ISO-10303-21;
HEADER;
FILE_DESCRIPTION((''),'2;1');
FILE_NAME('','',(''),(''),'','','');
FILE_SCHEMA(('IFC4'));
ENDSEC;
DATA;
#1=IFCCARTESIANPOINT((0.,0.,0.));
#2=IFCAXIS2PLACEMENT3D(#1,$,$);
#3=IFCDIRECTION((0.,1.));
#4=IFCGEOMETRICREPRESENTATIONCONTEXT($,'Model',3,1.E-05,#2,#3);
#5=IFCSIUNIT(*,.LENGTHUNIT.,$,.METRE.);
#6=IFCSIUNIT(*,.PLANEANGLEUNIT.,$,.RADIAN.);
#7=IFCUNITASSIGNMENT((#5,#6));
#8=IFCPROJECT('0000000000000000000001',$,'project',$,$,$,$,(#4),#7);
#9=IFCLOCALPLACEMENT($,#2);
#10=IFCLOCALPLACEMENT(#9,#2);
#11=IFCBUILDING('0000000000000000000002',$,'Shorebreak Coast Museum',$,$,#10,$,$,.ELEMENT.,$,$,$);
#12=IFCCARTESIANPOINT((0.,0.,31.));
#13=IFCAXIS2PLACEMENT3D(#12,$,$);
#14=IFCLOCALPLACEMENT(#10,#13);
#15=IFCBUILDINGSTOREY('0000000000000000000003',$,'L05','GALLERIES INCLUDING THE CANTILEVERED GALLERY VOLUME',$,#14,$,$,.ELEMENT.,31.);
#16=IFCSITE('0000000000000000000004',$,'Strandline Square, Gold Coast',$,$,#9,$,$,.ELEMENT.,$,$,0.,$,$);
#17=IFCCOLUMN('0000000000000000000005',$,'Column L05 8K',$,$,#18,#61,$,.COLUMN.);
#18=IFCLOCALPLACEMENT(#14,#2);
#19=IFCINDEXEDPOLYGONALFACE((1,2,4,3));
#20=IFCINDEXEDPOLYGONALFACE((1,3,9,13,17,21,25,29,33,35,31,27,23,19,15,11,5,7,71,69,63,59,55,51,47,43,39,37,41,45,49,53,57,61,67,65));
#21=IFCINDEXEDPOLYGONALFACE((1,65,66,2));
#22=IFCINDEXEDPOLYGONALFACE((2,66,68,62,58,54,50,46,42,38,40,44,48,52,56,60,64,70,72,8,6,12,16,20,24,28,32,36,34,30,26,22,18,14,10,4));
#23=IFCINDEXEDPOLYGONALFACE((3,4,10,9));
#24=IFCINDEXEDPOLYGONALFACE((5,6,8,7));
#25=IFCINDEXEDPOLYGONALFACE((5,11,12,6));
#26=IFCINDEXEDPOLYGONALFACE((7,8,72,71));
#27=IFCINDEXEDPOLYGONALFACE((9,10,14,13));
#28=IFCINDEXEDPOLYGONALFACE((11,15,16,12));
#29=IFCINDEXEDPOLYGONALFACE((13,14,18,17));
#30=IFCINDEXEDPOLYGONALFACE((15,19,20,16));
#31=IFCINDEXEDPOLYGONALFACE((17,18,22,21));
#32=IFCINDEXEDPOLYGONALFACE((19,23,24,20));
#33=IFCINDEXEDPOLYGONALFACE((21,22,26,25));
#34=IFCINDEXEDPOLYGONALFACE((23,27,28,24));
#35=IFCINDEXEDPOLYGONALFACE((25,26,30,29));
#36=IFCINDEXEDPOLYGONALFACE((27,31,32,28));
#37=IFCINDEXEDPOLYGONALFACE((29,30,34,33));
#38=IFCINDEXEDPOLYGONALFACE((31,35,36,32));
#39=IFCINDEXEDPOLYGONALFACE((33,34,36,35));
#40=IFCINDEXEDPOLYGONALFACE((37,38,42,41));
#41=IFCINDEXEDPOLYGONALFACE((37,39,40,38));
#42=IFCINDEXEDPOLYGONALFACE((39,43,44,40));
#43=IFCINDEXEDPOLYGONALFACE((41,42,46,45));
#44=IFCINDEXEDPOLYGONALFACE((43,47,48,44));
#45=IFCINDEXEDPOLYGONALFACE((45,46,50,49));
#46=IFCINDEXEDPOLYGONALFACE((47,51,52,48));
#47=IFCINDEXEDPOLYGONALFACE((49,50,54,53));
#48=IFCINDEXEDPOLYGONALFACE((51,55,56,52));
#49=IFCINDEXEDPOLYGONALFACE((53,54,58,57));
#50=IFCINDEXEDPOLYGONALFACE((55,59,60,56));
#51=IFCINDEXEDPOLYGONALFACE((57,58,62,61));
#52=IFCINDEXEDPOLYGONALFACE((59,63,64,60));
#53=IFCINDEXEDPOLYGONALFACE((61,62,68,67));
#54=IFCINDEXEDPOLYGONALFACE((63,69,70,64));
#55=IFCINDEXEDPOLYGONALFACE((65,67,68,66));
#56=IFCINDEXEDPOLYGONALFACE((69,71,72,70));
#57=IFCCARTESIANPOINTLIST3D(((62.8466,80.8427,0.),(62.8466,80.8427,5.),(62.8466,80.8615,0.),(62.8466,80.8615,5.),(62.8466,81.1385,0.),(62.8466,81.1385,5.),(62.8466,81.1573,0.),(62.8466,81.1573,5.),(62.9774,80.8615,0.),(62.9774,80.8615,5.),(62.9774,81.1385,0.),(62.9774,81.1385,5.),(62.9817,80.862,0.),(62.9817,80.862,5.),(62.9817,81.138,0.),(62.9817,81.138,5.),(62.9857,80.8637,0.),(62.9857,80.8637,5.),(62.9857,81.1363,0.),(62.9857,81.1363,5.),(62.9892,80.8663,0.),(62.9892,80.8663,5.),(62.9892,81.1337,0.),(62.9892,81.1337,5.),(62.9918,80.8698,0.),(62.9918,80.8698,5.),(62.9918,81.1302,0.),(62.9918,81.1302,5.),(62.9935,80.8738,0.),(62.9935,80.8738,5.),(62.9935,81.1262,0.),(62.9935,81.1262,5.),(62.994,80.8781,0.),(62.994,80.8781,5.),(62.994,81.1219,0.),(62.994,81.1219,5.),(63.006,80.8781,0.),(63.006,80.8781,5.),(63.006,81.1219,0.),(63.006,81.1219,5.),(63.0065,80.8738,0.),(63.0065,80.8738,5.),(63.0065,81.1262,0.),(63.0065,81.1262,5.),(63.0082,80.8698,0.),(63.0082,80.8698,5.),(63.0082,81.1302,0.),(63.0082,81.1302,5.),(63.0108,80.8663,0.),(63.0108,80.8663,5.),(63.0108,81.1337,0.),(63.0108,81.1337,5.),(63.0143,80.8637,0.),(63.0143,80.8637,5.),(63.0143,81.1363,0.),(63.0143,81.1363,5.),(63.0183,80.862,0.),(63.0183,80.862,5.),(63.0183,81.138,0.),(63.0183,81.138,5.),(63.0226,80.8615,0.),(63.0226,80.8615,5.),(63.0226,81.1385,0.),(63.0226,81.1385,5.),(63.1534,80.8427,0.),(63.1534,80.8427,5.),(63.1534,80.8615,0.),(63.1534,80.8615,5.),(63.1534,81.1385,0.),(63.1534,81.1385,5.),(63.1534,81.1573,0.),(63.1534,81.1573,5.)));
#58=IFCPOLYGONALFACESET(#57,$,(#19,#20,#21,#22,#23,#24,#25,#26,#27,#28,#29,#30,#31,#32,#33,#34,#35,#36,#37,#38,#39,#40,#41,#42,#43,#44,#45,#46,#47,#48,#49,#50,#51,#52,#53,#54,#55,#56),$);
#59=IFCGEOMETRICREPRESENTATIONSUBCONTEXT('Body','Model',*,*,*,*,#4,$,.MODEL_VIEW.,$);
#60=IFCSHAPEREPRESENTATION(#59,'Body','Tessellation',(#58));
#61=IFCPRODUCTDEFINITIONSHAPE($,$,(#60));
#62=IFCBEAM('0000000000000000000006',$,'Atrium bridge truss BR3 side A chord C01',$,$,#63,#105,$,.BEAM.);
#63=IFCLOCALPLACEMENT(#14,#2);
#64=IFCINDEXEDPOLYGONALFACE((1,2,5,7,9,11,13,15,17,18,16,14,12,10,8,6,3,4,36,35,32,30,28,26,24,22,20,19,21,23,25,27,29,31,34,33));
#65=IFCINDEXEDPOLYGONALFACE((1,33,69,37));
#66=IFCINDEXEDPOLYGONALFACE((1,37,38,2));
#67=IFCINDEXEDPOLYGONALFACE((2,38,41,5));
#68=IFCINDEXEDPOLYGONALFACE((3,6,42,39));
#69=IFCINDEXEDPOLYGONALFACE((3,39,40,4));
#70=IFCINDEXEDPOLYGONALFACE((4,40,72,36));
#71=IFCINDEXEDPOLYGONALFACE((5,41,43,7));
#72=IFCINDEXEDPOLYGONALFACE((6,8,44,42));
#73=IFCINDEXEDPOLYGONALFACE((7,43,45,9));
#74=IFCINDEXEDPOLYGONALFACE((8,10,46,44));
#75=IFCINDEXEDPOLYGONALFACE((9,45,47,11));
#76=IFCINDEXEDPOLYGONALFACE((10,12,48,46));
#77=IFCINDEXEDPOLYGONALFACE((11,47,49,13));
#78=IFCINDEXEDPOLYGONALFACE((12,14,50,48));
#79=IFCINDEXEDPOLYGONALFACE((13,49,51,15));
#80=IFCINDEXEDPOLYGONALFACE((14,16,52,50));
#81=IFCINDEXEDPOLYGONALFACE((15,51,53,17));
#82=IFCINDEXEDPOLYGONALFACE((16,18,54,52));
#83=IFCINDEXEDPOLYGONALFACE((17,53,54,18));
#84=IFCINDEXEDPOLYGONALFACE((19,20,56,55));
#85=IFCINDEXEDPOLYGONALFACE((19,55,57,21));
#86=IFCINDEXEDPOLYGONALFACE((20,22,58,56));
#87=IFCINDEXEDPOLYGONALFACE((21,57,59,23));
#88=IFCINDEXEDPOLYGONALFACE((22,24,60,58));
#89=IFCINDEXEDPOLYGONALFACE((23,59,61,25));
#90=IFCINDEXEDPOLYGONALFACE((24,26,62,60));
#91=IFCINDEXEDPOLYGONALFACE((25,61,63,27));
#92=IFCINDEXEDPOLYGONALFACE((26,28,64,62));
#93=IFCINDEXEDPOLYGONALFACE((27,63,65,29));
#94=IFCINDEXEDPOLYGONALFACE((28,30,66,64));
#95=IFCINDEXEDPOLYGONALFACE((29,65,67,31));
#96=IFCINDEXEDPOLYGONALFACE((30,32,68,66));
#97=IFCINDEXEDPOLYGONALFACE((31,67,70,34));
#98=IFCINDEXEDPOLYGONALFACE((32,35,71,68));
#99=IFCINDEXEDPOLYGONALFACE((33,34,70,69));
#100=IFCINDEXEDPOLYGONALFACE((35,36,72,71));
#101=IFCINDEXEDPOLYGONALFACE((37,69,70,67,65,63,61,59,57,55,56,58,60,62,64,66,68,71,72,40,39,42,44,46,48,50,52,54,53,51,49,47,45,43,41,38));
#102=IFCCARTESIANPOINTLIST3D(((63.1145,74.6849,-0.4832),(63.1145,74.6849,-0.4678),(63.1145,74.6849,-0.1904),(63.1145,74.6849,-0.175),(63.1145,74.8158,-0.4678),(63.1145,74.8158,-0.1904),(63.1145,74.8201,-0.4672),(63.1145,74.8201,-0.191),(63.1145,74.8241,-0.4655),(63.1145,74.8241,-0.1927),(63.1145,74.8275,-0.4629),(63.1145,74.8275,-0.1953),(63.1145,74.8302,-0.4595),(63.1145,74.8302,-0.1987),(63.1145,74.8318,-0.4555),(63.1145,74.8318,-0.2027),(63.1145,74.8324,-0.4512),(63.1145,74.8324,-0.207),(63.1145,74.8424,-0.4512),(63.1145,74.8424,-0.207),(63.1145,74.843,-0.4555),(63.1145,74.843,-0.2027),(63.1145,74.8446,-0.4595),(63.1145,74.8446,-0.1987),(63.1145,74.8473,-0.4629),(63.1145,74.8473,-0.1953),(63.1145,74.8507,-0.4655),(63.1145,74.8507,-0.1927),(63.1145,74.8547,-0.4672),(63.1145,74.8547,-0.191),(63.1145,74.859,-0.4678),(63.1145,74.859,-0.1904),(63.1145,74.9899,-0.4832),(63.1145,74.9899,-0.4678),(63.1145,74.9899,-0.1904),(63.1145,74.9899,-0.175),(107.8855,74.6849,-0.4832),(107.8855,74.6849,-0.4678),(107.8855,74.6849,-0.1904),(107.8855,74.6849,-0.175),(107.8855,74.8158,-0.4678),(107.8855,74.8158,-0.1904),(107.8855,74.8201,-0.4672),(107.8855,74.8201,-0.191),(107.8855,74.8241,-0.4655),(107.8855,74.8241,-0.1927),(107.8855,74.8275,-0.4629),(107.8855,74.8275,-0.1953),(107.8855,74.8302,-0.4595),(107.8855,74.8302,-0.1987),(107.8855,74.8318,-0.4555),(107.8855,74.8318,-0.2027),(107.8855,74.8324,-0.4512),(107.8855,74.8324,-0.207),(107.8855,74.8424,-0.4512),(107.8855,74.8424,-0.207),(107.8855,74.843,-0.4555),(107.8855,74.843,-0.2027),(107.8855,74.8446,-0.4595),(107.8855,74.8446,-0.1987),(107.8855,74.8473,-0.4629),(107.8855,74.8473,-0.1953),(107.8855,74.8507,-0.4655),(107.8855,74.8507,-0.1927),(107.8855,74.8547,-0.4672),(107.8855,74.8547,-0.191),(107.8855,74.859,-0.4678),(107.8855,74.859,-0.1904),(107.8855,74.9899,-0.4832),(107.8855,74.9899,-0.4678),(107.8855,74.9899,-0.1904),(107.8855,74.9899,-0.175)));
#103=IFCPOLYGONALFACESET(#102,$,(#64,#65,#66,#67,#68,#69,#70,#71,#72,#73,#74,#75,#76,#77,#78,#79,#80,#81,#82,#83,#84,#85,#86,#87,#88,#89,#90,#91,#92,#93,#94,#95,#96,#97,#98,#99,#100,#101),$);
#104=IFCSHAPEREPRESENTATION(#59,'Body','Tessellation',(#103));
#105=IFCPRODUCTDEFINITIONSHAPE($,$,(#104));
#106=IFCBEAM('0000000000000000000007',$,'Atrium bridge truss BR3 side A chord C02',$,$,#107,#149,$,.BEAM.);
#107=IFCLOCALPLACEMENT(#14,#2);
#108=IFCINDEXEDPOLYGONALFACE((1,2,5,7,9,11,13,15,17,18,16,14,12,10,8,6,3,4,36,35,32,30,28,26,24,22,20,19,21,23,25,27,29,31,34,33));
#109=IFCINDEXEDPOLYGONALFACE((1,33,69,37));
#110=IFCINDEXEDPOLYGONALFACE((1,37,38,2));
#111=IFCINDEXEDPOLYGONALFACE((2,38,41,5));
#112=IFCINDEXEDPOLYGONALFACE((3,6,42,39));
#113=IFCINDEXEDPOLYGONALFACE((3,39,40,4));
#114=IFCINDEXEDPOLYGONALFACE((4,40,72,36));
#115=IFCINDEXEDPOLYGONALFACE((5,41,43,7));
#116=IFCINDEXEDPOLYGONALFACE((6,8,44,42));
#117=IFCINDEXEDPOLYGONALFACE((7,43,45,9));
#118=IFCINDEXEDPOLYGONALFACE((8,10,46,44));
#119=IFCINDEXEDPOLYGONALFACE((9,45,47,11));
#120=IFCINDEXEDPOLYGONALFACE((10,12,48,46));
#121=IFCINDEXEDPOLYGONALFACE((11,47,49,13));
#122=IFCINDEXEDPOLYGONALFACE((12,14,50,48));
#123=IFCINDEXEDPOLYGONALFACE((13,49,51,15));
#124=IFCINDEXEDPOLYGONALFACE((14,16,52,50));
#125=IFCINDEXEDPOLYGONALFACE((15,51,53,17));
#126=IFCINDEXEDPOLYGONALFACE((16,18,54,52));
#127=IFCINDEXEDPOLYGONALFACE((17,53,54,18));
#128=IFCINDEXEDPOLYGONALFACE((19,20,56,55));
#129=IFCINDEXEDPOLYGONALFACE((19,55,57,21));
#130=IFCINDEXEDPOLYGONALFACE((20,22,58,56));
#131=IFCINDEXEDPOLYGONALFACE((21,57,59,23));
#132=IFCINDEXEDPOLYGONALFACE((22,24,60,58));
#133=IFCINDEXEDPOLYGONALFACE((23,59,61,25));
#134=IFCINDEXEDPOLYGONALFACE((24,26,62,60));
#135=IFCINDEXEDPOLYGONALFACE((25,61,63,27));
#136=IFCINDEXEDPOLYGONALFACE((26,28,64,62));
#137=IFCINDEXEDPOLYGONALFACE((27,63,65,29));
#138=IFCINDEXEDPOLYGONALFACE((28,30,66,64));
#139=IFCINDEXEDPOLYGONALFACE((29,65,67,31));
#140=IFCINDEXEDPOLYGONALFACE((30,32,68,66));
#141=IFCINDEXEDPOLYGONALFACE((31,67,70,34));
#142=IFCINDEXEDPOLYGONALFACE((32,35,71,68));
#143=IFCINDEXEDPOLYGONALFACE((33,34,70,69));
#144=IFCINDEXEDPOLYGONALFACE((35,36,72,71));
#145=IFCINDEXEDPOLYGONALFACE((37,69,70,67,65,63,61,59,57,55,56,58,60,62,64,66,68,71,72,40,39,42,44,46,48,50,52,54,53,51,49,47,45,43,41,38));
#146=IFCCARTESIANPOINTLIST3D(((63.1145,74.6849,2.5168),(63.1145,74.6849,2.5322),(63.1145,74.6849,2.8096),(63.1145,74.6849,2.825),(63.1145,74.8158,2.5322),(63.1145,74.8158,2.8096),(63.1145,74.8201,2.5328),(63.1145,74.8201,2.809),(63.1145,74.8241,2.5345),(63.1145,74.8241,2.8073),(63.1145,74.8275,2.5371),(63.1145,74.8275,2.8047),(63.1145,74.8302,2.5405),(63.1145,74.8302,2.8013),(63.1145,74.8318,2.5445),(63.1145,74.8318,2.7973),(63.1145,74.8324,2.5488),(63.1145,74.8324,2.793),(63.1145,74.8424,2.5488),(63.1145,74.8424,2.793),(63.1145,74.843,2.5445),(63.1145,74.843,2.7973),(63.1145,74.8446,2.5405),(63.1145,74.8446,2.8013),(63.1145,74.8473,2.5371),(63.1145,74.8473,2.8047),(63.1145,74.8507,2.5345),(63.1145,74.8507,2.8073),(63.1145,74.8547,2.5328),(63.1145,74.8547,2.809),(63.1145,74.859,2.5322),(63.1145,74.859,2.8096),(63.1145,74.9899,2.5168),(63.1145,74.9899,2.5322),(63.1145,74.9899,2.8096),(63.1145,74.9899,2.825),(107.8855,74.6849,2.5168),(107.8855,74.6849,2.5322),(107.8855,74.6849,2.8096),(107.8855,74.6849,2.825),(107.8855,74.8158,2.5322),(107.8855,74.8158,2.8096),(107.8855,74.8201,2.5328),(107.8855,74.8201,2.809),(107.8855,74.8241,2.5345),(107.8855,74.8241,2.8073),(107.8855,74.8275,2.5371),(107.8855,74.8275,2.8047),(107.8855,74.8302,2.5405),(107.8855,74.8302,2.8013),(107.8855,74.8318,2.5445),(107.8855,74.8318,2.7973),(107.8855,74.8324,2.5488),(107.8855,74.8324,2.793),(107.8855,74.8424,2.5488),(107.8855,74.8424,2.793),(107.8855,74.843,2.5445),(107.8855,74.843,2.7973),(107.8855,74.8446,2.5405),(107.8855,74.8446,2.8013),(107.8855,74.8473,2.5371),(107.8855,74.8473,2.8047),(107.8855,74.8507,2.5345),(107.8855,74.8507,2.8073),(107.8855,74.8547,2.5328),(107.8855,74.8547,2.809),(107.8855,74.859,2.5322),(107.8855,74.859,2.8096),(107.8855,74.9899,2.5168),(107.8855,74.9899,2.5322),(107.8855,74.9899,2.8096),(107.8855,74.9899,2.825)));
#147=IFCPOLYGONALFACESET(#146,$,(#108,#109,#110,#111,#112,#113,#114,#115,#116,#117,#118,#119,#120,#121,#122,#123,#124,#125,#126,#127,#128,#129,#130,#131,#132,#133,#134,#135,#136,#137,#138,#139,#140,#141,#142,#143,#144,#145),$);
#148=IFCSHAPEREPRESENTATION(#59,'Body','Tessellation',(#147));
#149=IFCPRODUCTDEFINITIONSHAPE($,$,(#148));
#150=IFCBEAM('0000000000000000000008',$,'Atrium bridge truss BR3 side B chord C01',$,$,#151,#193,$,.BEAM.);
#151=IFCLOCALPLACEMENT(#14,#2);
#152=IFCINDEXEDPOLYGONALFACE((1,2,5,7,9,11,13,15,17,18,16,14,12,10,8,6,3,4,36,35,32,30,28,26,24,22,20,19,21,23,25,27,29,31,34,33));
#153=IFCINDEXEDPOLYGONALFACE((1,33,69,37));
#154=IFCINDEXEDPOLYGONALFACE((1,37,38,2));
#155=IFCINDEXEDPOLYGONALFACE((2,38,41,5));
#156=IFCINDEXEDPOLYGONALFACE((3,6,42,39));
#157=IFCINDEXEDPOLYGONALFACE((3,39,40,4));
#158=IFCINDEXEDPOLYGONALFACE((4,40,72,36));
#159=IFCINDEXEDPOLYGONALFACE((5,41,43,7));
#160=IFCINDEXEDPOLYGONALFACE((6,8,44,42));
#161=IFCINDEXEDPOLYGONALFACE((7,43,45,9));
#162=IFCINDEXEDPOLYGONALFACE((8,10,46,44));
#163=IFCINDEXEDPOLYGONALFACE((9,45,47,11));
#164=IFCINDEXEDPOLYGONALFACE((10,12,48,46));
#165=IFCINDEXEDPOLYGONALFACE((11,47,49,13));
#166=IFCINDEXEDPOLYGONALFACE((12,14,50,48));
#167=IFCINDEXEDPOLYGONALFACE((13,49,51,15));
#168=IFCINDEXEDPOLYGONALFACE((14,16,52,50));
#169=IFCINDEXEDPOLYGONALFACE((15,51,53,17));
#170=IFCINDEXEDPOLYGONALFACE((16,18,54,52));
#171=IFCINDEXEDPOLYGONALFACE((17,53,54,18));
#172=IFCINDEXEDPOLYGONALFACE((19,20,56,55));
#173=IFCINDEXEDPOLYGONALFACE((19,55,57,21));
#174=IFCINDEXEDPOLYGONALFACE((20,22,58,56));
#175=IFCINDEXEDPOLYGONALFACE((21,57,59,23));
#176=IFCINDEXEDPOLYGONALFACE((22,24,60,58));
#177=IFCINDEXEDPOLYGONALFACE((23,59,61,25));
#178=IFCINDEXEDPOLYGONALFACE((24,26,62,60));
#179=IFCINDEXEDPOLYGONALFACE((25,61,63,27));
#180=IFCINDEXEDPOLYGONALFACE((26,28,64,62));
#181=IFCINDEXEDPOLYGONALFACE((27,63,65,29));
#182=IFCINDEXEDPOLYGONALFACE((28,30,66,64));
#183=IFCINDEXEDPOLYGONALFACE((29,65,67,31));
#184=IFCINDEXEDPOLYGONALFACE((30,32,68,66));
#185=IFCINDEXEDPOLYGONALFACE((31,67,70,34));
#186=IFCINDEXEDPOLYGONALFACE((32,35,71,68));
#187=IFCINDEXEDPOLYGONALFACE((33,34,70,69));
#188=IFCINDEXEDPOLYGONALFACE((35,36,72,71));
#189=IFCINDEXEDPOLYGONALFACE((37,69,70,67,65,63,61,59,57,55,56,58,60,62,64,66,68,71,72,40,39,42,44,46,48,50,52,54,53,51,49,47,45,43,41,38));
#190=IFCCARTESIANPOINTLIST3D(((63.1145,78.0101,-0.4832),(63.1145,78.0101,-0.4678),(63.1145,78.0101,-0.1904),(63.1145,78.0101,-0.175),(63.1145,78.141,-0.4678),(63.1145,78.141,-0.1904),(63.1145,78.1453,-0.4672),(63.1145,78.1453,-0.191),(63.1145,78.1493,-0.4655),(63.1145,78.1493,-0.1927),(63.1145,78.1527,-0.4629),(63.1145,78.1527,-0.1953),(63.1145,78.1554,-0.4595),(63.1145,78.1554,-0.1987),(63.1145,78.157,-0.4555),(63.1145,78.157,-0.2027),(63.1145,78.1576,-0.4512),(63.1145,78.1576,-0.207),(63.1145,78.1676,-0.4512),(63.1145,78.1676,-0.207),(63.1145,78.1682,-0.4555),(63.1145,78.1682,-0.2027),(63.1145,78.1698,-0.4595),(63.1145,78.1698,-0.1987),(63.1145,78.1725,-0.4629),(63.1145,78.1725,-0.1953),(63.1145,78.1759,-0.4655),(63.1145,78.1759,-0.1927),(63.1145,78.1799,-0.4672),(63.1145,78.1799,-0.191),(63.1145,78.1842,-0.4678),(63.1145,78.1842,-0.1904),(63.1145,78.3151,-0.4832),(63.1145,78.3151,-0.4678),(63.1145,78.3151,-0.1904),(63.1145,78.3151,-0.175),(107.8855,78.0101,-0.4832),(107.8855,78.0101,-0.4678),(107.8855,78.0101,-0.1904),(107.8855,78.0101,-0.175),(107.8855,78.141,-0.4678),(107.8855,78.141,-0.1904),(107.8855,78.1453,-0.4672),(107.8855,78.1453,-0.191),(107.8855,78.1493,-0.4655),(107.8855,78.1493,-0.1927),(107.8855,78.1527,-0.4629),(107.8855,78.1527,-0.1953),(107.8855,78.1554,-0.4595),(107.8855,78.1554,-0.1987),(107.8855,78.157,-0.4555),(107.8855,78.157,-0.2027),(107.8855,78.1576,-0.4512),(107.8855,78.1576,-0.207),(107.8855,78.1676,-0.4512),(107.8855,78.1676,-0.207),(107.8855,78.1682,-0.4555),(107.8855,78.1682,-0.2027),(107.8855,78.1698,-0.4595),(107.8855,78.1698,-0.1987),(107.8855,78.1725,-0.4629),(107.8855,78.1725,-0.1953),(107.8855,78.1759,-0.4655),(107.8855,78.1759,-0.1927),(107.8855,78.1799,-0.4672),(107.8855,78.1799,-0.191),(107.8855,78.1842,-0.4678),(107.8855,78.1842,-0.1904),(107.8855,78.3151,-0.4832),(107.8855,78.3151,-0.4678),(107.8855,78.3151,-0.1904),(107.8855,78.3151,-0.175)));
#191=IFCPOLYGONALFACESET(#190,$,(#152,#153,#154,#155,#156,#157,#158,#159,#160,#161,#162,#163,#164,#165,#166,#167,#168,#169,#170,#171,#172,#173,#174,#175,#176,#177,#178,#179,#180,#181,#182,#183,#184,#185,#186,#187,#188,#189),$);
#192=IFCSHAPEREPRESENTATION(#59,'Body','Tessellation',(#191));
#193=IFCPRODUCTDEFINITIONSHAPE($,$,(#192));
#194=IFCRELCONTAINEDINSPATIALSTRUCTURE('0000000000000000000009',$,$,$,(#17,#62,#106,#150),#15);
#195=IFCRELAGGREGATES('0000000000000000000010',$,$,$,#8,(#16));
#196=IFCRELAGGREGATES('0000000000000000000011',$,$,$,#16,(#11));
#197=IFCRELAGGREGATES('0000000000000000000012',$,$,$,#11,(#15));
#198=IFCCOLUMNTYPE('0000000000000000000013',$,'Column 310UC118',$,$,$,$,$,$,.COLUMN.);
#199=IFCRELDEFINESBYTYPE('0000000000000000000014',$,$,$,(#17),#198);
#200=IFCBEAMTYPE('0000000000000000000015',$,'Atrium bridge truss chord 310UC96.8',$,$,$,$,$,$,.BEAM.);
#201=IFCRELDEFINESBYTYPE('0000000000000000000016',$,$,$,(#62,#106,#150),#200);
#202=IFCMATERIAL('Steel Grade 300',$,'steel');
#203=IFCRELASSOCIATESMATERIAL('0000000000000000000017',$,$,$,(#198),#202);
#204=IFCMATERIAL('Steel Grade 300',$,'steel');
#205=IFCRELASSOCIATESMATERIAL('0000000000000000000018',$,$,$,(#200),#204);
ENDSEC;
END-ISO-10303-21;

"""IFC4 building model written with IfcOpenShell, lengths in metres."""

from ifc_helpers import new_model, si_unit, direction, frame, origin, origin_2d, place, context, subcontext, project, spatial, i_section, extrude, material, material_profile, profile_set, type_object, element, save


model = new_model("IFC4")

# Units and contexts
model_context = context("Model", 3, precision=1e-05, world=origin(), true_north=direction((0.0, 1.0)))
body_context = subcontext(model_context, "Body", "Model", "MODEL_VIEW")
ifc_project = project(units=[si_unit("LENGTHUNIT", "METRE"), si_unit("PLANEANGLEUNIT", "RADIAN")], contexts=[model_context])

# Site, building, storey
site_placement = place(None, origin())
site = spatial("IfcSite", under=ifc_project, at=site_placement, Name="Strandline Square, Gold Coast", CompositionType="ELEMENT", RefElevation=0.0)
building_placement = place(site_placement, origin())
building = spatial("IfcBuilding", under=site, at=building_placement, Name="Shorebreak Coast Museum", CompositionType="ELEMENT")
storey_placement = place(building_placement, frame((0.0, 0.0, 31.0)))
storey = spatial("IfcBuildingStorey", under=building, at=storey_placement, Name="L05", Description="GALLERIES INCLUDING THE CANTILEVERED GALLERY VOLUME", CompositionType="ELEMENT", Elevation=31.0)

# Column
ifc_material_1 = material(Name="Steel Grade 300", Category="steel")
ifc_material_profile_1 = material_profile(ifc_material_1, i_section(OverallWidth=0.3069, OverallDepth=0.3147, WebThickness=0.012, FlangeThickness=0.0188, FilletRadius=0.0166, at=origin_2d()), Name="310UC118")
ifc_profile_set_1 = profile_set([ifc_material_profile_1], Name="Steel Grade 300")
column_type = type_object("IfcColumnType", Name="Column 310UC118", PredefinedType="COLUMN", material=ifc_profile_set_1)
column_placement = place(storey_placement, frame((63.0, 81.0, 0.0), z_axis=(0.0, 0.0, 1.0), x_axis=(1.0, 0.0, 0.0)))
element("IfcColumn", 1, at=column_placement, inside=storey, type_object=column_type, Name="Column L05 8K", PredefinedType="COLUMN", context=body_context, shape_type="SweptSolid", body=[
    extrude(i_section(OverallWidth=0.3069, OverallDepth=0.3147, WebThickness=0.012, FlangeThickness=0.0188, FilletRadius=0.0166, at=origin_2d()), origin(), (0.0, 0.0, 1.0), 5.0),
])

# Beams
ifc_material_2 = material(Name="Steel Grade 300", Category="steel")
ifc_material_profile_2 = material_profile(ifc_material_2, i_section(OverallWidth=0.3049, OverallDepth=0.3081, WebThickness=0.01, FlangeThickness=0.0154, FilletRadius=0.0166, at=origin_2d()), Name="310UC96.8")
ifc_profile_set_2 = profile_set([ifc_material_profile_2], Name="Steel Grade 300")
beam_type = type_object("IfcBeamType", Name="Atrium bridge truss chord 310UC96.8", PredefinedType="BEAM", material=ifc_profile_set_2)
for number, where, z_axis, x_axis, name in (
    (2, (63.1145, 74.8374, -0.3291), (1.0, 0.0, 0.0), (0.0, 1.0, 0.0), "Atrium bridge truss BR3 side A chord C01"),
    (3, (63.1145, 74.8374, 2.6709), (1.0, 0.0, 0.0), (0.0, 1.0, 0.0), "Atrium bridge truss BR3 side A chord C02"),
    (4, (63.1145, 78.1626, -0.3291), (1.0, 0.0, 0.0), (0.0, 1.0, 0.0), "Atrium bridge truss BR3 side B chord C01"),
):
    element("IfcBeam", number, at=place(storey_placement, frame(where, z_axis=z_axis, x_axis=x_axis)), inside=storey, type_object=beam_type, Name=name, PredefinedType="BEAM", context=body_context, shape_type="SweptSolid", body=[
        extrude(i_section(OverallWidth=0.3049, OverallDepth=0.3081, WebThickness=0.01, FlangeThickness=0.0154, FilletRadius=0.0166, at=origin_2d()), origin(), (0.0, 0.0, 1.0), 44.771),
    ])

save(model, "model.ifc")
